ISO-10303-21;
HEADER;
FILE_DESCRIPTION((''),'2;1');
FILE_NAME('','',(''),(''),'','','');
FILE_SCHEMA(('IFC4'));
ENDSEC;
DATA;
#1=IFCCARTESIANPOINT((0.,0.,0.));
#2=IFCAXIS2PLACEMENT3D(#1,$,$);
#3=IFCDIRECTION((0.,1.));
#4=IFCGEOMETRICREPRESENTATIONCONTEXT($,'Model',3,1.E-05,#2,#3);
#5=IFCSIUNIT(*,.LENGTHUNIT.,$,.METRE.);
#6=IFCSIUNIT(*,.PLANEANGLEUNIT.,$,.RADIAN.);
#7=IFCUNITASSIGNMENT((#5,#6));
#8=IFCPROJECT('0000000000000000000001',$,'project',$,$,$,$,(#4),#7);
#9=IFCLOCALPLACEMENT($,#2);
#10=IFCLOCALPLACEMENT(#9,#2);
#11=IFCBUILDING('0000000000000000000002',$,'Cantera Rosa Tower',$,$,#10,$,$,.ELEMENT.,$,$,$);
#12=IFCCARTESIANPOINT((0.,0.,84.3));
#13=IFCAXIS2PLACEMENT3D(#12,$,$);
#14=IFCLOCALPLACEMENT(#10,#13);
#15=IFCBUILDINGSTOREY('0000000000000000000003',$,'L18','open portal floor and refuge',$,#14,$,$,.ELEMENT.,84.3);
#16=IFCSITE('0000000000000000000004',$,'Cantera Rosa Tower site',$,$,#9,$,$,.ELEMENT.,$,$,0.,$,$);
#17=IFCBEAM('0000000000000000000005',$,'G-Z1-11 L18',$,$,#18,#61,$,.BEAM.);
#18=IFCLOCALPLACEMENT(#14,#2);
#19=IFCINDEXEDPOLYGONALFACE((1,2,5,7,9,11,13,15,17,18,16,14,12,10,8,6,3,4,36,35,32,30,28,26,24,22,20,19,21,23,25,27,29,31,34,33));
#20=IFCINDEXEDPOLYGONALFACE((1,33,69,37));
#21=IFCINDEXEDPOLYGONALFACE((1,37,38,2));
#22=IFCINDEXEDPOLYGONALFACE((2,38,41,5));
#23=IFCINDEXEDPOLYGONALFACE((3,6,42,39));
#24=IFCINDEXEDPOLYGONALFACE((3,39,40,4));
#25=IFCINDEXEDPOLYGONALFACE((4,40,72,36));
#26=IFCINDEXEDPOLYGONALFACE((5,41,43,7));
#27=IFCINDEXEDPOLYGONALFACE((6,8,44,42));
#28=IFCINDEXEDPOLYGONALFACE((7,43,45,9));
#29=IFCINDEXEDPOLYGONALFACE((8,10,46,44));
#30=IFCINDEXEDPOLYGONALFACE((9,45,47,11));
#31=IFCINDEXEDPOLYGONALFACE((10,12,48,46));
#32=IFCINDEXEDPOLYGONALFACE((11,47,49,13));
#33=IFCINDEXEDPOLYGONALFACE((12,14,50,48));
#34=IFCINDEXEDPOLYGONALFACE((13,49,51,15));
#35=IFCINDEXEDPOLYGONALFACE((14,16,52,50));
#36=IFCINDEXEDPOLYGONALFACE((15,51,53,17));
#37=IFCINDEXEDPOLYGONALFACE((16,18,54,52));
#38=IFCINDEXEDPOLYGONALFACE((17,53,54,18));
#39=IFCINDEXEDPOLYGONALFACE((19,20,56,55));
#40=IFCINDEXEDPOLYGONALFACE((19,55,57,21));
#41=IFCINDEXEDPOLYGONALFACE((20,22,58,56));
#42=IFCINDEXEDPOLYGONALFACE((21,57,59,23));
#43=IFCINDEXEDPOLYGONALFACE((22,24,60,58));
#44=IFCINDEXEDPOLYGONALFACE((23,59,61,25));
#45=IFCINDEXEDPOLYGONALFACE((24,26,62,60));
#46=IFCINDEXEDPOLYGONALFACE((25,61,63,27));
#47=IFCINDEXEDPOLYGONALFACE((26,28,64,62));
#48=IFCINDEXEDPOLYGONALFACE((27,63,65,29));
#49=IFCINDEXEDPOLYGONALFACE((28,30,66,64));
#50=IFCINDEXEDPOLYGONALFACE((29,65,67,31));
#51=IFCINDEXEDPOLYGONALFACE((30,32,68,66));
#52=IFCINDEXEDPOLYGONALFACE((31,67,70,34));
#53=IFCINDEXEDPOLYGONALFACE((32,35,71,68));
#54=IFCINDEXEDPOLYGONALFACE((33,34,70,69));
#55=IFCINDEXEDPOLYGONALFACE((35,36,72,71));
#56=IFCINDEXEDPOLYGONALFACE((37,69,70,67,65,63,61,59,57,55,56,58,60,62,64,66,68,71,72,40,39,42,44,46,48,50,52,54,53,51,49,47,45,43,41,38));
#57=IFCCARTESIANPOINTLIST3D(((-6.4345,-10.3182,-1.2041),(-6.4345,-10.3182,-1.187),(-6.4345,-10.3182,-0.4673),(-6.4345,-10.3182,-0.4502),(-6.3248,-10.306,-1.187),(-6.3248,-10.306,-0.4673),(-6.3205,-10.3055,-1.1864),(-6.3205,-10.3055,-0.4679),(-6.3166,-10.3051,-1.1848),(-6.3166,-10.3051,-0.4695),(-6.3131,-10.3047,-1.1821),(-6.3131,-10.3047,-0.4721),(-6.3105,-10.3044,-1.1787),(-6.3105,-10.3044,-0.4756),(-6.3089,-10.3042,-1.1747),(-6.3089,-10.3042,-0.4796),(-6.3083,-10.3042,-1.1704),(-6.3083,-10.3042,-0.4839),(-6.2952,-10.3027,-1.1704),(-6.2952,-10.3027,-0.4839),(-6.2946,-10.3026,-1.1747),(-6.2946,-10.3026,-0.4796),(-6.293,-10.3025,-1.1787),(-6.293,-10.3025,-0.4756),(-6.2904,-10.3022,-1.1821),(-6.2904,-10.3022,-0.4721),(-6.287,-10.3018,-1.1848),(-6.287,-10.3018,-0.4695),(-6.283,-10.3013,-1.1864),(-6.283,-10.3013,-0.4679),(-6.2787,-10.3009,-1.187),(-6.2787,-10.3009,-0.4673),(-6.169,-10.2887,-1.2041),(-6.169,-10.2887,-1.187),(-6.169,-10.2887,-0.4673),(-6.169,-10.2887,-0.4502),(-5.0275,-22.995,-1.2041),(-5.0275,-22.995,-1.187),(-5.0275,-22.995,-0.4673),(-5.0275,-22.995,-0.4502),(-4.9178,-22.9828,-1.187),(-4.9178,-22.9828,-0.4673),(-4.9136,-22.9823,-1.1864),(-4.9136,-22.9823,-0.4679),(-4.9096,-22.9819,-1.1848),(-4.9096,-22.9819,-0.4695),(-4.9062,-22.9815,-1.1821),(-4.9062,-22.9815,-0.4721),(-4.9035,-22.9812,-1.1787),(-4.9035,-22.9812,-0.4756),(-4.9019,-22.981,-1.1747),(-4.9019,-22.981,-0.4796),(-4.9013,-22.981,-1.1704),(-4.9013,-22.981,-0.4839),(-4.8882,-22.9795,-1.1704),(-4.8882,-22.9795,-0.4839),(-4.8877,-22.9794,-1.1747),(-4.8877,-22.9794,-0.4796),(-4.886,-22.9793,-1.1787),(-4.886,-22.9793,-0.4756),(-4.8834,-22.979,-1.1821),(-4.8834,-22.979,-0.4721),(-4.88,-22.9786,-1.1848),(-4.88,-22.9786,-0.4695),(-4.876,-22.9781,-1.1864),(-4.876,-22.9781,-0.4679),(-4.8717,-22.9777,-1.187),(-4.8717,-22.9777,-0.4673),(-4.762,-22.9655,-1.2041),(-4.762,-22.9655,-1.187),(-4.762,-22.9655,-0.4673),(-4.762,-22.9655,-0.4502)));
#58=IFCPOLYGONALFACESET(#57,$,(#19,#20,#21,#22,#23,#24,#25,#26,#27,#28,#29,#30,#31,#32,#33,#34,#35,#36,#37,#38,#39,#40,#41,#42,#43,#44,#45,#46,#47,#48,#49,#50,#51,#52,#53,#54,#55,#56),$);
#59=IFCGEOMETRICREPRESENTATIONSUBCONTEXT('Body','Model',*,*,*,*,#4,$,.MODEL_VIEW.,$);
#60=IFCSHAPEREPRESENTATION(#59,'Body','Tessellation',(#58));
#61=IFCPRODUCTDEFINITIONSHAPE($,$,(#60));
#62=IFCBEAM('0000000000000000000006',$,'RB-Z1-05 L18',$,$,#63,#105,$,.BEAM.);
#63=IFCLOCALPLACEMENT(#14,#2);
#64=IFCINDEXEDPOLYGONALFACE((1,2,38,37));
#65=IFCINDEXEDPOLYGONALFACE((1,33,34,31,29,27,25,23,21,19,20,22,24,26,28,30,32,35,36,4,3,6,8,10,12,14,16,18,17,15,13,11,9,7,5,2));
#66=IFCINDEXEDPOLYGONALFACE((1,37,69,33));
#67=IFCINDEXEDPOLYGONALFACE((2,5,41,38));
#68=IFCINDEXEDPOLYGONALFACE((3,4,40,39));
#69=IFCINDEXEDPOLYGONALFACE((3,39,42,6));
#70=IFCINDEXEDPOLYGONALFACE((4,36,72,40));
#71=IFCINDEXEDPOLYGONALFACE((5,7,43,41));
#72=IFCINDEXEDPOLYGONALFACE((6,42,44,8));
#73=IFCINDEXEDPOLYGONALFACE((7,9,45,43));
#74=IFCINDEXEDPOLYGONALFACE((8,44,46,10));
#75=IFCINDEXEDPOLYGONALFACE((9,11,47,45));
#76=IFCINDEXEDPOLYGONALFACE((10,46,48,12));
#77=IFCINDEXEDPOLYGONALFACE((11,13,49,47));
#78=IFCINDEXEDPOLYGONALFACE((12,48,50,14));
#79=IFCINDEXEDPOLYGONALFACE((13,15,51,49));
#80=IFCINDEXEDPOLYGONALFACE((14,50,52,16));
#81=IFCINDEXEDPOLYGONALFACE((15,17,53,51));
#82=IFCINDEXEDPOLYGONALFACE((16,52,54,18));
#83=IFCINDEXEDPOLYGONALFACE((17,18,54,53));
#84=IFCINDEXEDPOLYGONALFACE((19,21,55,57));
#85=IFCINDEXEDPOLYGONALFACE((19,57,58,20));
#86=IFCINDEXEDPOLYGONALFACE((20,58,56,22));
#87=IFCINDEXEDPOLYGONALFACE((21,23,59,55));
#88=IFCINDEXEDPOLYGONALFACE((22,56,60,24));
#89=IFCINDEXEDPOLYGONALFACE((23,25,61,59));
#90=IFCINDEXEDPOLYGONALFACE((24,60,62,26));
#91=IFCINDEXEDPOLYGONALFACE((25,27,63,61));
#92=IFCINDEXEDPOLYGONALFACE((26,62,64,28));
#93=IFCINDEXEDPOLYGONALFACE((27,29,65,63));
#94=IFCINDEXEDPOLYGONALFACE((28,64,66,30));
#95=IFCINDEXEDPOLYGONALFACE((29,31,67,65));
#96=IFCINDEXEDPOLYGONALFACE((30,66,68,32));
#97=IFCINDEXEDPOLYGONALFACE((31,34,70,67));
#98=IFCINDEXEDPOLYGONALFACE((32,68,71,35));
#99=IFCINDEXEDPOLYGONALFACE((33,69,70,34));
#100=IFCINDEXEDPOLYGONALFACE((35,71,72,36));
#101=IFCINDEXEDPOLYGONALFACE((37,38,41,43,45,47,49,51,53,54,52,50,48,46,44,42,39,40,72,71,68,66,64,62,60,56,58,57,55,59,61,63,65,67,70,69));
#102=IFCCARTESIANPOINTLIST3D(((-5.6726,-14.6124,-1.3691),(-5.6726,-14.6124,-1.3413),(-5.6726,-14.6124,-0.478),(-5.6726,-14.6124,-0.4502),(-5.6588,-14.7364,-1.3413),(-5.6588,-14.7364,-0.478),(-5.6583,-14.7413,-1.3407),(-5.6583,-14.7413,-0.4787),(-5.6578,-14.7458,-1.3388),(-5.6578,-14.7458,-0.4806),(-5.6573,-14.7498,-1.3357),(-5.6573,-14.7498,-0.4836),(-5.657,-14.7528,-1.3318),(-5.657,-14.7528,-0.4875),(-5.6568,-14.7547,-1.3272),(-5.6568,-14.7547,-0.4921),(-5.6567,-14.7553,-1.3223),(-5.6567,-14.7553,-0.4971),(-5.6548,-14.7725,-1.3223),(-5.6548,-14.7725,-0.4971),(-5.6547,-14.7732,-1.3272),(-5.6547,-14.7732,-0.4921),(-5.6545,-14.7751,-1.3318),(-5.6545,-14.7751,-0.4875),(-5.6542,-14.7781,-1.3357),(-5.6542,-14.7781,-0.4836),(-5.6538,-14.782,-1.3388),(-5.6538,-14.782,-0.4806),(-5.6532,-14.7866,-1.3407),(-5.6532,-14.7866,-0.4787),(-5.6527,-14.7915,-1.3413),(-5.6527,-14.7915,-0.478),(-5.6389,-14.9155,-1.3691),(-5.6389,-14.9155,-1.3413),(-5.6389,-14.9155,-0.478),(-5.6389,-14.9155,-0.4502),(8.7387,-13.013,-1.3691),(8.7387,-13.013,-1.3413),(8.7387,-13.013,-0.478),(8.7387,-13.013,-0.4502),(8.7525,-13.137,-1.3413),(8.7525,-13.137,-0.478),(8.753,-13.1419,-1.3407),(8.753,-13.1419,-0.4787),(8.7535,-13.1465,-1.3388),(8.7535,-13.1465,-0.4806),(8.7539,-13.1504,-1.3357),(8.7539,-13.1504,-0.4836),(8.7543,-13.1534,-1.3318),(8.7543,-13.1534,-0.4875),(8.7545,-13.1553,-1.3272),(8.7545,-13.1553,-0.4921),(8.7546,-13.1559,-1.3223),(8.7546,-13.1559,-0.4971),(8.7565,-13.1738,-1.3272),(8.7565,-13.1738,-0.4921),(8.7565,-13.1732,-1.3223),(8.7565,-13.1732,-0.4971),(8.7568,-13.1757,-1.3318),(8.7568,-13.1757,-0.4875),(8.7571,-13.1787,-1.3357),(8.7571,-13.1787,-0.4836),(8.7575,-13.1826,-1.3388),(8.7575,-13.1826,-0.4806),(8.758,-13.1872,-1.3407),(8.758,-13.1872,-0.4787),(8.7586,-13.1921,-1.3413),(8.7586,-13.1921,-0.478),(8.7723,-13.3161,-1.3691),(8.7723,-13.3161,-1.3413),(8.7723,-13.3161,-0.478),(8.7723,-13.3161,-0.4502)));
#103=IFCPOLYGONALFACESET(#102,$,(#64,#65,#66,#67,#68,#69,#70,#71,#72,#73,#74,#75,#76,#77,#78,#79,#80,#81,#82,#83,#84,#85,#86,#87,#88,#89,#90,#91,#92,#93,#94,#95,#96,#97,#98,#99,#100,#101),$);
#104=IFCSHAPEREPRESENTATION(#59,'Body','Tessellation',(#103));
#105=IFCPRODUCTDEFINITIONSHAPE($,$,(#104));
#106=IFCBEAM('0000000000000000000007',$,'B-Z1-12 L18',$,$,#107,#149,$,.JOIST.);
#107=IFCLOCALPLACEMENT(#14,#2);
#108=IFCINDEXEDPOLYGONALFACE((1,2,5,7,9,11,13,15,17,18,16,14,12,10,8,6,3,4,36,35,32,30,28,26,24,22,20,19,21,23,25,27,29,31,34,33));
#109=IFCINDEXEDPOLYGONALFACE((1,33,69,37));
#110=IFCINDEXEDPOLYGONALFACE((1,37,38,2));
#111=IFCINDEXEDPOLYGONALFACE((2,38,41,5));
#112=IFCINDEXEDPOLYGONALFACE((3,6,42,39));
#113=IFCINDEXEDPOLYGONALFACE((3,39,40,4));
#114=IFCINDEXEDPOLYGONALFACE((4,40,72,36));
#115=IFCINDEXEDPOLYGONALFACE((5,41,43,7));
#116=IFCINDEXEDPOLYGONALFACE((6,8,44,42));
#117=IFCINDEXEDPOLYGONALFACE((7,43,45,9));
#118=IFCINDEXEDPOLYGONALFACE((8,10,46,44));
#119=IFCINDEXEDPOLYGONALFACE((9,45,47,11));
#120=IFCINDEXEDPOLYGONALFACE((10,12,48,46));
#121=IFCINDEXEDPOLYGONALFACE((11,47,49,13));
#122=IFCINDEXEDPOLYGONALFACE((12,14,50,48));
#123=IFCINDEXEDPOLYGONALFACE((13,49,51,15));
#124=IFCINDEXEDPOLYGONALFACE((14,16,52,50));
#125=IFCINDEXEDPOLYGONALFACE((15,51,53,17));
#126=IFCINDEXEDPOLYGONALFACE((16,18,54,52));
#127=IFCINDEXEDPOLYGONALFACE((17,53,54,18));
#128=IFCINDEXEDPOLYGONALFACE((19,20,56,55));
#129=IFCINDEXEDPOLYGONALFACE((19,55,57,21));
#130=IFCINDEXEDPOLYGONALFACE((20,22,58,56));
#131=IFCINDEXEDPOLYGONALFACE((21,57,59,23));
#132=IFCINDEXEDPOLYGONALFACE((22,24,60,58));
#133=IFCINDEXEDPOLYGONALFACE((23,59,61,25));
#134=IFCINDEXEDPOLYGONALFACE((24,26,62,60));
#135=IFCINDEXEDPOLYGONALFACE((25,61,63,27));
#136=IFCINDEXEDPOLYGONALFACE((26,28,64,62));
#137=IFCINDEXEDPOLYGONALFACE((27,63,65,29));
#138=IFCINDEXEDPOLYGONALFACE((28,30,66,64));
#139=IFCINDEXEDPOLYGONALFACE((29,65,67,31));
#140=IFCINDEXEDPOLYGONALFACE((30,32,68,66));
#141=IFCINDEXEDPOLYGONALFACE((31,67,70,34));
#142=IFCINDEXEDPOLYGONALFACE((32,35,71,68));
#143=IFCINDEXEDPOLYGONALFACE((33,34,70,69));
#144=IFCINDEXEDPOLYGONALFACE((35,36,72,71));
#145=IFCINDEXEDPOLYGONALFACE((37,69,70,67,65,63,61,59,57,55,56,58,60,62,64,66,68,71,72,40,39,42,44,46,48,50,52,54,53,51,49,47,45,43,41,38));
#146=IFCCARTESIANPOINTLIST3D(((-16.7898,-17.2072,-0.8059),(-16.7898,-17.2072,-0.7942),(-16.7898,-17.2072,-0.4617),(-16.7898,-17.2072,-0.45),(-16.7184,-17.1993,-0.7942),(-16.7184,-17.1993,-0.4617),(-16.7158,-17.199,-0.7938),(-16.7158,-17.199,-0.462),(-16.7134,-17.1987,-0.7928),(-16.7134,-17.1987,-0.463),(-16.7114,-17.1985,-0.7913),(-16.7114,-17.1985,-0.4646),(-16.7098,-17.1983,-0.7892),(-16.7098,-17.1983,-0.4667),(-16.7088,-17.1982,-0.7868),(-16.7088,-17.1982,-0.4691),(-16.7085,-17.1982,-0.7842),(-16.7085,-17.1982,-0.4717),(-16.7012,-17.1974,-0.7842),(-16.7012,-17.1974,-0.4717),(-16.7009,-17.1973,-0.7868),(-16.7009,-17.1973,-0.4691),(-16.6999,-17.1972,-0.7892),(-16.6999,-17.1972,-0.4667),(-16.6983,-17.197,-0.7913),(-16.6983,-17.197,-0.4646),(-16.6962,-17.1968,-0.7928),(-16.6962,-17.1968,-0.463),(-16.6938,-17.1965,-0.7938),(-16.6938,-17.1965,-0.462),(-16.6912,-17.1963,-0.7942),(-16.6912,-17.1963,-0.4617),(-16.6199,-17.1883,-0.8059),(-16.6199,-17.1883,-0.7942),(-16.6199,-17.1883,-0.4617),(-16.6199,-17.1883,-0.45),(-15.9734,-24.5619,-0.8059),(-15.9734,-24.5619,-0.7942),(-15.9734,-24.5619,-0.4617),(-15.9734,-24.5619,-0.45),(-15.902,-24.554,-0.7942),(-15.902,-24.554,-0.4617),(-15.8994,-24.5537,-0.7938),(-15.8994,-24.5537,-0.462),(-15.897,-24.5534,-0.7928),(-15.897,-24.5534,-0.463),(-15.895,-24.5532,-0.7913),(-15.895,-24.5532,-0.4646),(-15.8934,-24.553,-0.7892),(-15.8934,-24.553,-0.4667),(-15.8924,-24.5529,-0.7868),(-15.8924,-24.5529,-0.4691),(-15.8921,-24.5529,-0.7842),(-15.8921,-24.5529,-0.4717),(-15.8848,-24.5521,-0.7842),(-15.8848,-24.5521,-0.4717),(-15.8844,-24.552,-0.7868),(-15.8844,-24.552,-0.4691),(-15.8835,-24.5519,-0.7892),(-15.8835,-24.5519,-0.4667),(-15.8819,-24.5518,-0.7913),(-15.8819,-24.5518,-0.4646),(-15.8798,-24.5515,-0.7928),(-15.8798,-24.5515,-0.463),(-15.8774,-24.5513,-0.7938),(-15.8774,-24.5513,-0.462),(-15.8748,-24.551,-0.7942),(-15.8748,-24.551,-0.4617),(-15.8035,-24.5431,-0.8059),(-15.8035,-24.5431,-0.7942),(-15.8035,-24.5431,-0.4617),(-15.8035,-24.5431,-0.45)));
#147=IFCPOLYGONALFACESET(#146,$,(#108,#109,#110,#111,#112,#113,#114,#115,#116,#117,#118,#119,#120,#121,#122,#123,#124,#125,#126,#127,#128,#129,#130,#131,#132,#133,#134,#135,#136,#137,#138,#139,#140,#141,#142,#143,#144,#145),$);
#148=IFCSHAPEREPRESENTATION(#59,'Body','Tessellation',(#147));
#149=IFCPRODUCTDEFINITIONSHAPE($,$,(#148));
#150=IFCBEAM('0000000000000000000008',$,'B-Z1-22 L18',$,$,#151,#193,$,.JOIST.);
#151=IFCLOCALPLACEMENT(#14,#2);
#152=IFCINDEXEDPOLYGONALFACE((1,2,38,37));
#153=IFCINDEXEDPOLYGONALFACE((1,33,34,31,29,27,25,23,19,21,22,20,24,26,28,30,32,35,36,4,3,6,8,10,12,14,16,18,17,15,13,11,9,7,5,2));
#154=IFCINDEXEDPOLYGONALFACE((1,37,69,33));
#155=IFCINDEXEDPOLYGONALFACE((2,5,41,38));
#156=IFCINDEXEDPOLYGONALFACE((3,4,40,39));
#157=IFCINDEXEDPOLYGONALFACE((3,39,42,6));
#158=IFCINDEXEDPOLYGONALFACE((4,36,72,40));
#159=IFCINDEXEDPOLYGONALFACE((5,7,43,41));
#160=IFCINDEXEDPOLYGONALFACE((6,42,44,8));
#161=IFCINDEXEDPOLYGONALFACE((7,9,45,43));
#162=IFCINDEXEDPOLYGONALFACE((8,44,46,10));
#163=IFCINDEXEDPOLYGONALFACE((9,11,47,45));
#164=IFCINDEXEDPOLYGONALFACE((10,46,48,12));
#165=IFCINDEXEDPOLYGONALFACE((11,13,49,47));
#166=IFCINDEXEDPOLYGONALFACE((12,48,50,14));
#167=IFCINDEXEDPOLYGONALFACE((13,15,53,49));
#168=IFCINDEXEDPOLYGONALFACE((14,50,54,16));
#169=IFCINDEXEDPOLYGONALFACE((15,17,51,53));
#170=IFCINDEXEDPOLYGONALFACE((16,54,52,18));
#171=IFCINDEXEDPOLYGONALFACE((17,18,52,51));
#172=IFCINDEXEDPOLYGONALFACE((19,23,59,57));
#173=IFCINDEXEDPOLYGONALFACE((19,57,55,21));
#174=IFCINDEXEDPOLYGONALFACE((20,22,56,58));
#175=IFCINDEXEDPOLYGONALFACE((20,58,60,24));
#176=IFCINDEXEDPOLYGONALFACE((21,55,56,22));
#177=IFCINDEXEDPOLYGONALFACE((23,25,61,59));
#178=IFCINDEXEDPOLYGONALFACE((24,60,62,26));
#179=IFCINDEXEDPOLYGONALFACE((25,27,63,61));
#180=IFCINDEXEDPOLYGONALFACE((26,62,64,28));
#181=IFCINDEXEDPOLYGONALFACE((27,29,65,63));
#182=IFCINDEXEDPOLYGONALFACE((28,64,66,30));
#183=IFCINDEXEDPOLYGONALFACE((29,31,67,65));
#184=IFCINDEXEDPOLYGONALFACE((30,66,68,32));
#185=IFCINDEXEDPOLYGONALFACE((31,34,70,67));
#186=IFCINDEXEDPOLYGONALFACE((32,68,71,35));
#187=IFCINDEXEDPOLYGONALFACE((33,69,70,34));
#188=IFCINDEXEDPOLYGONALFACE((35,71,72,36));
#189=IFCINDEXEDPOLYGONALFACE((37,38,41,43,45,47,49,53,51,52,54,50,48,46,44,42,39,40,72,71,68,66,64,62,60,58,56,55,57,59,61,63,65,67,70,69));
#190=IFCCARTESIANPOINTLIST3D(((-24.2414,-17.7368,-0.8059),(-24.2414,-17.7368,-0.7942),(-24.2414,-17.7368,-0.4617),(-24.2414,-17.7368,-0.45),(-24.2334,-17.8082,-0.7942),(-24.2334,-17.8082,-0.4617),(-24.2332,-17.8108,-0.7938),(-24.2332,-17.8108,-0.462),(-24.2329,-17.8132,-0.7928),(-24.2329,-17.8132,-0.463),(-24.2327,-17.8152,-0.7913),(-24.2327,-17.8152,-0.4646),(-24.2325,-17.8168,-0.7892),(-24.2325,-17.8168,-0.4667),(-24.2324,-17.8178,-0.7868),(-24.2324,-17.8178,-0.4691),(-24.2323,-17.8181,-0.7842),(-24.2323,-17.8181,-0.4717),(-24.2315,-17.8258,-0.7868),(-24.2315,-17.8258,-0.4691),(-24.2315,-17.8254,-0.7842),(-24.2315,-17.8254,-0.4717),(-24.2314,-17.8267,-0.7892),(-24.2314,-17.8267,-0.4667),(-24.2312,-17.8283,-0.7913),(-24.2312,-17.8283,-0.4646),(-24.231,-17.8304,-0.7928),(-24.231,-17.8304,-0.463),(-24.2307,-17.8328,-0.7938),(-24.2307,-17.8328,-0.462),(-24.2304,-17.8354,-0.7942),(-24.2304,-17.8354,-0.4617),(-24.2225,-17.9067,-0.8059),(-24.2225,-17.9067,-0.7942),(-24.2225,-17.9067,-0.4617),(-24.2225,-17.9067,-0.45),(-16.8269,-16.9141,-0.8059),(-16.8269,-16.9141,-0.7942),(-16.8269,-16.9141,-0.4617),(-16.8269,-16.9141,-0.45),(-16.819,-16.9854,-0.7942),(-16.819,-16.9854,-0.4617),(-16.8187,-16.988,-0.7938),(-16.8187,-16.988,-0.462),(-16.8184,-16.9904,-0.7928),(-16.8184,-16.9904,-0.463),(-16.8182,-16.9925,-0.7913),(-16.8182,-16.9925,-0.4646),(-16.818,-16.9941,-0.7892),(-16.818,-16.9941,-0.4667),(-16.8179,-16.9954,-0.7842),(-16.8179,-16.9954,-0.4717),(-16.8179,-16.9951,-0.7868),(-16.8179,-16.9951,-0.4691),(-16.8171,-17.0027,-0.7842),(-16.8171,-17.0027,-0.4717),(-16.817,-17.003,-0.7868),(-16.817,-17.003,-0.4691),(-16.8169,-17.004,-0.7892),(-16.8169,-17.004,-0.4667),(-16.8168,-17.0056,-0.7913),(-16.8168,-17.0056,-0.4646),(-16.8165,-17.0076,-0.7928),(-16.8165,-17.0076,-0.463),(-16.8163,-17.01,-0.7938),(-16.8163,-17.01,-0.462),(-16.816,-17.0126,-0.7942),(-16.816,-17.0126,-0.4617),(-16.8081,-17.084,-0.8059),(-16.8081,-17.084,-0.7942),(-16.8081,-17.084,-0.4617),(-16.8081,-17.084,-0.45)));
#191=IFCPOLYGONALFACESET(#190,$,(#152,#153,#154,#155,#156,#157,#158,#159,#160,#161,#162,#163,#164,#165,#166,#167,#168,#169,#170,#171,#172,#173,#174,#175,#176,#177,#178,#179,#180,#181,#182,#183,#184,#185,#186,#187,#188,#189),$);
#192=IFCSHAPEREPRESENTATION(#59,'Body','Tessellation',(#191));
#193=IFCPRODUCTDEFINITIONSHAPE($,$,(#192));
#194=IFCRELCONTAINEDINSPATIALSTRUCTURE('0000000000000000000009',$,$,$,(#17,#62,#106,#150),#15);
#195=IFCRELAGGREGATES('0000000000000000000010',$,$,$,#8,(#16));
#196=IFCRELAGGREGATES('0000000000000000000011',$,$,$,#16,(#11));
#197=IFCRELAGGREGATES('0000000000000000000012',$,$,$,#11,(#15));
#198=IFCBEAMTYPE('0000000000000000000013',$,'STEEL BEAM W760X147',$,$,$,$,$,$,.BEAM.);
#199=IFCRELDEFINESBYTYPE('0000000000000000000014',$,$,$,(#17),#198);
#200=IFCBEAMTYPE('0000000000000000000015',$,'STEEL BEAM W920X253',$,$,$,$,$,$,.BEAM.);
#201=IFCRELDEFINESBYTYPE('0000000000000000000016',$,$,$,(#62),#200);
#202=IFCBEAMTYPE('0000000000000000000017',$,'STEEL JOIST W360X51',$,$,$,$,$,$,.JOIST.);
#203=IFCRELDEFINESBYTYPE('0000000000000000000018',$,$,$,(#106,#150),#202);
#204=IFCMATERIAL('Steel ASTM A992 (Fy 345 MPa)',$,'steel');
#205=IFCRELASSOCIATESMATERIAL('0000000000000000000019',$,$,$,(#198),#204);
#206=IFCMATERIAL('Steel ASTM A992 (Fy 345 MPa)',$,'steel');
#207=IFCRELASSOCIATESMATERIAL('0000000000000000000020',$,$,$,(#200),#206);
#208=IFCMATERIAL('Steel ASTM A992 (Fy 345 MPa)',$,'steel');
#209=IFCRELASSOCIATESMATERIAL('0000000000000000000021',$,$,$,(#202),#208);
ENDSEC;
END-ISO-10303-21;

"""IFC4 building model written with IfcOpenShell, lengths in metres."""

from ifc_helpers import new_model, si_unit, direction, frame, origin, origin_2d, place, context, subcontext, project, spatial, i_section, extrude, material, material_profile, profile_set, type_object, element, save


model = new_model("IFC4")

# Units and contexts
model_context = context("Model", 3, precision=1e-05, world=origin(), true_north=direction((0.0, 1.0)))
body_context = subcontext(model_context, "Body", "Model", "MODEL_VIEW")
ifc_project = project(units=[si_unit("LENGTHUNIT", "METRE"), si_unit("PLANEANGLEUNIT", "RADIAN")], contexts=[model_context])

# Site, building, storey
site_placement = place(None, origin())
site = spatial("IfcSite", under=ifc_project, at=site_placement, Name="Cantera Rosa Tower site", CompositionType="ELEMENT", RefElevation=0.0)
building_placement = place(site_placement, origin())
building = spatial("IfcBuilding", under=site, at=building_placement, Name="Cantera Rosa Tower", CompositionType="ELEMENT")
storey_placement = place(building_placement, frame((0.0, 0.0, 84.3)))
storey = spatial("IfcBuildingStorey", under=building, at=storey_placement, Name="L18", Description="open portal floor and refuge", CompositionType="ELEMENT", Elevation=84.3)

# Beams
ifc_material_1 = material(Name="Steel ASTM A992 (Fy 345 MPa)", Category="steel")
ifc_material_profile_1 = material_profile(ifc_material_1, i_section(OverallWidth=0.2671, OverallDepth=0.7539, WebThickness=0.0132, FlangeThickness=0.0171, FilletRadius=0.0166, at=origin_2d()), Name="W760X147")
ifc_profile_set_1 = profile_set([ifc_material_profile_1], Name="Steel ASTM A992 (Fy 345 MPa)")
beam_type_1 = type_object("IfcBeamType", Name="STEEL BEAM W760X147", PredefinedType="BEAM", material=ifc_profile_set_1)
beam_1_placement = place(storey_placement, frame((-4.8948, -22.9802, -0.8271), z_axis=(-0.110312, 0.993897, 0.0), x_axis=(-0.993897, -0.110312, 0.0)))
element("IfcBeam", 1, at=beam_1_placement, inside=storey, type_object=beam_type_1, Name="G-Z1-11 L18", PredefinedType="BEAM", context=body_context, shape_type="SweptSolid", body=[
    extrude(i_section(OverallWidth=0.2671, OverallDepth=0.7539, WebThickness=0.0132, FlangeThickness=0.0171, FilletRadius=0.0166, at=origin_2d()), origin(), (0.0, 0.0, 1.0), 12.7546),
])
ifc_material_2 = material(Name="Steel ASTM A992 (Fy 345 MPa)", Category="steel")
ifc_material_profile_2 = material_profile(ifc_material_2, i_section(OverallWidth=0.3049, OverallDepth=0.9189, WebThickness=0.0173, FlangeThickness=0.0278, FilletRadius=0.019, at=origin_2d()), Name="W920X253")
ifc_profile_set_2 = profile_set([ifc_material_profile_2], Name="Steel ASTM A992 (Fy 345 MPa)")
beam_type_2 = type_object("IfcBeamType", Name="STEEL BEAM W920X253", PredefinedType="BEAM", material=ifc_profile_set_2)
beam_2_placement = place(storey_placement, frame((-5.6558, -14.7639, -0.9097), z_axis=(0.993898, 0.110302, 0.0), x_axis=(-0.110302, 0.993898, 0.0)))
element("IfcBeam", 2, at=beam_2_placement, inside=storey, type_object=beam_type_2, Name="RB-Z1-05 L18", PredefinedType="BEAM", context=body_context, shape_type="SweptSolid", body=[
    extrude(i_section(OverallWidth=0.3049, OverallDepth=0.9189, WebThickness=0.0173, FlangeThickness=0.0278, FilletRadius=0.019, at=origin_2d()), origin(), (0.0, 0.0, 1.0), 14.4998),
])
ifc_material_3 = material(Name="Steel ASTM A992 (Fy 345 MPa)", Category="steel")
ifc_material_profile_3 = material_profile(ifc_material_3, i_section(OverallWidth=0.1709, OverallDepth=0.356, WebThickness=0.0073, FlangeThickness=0.0117, FilletRadius=0.01, at=origin_2d()), Name="W360X51")
ifc_profile_set_3 = profile_set([ifc_material_profile_3], Name="Steel ASTM A992 (Fy 345 MPa)")
beam_type_3 = type_object("IfcBeamType", Name="STEEL JOIST W360X51", PredefinedType="JOIST", material=ifc_profile_set_3)
beam_3_placement = place(storey_placement, frame((-15.8884, -24.5525, -0.6279), z_axis=(-0.110327, 0.993895, 0.0), x_axis=(-0.993895, -0.110327, 0.0)))
element("IfcBeam", 3, at=beam_3_placement, inside=storey, type_object=beam_type_3, Name="B-Z1-12 L18", PredefinedType="JOIST", context=body_context, shape_type="SweptSolid", body=[
    extrude(i_section(OverallWidth=0.1709, OverallDepth=0.356, WebThickness=0.0073, FlangeThickness=0.0117, FilletRadius=0.01, at=origin_2d()), origin(), (0.0, 0.0, 1.0), 7.3999),
])
beam_4_placement = place(storey_placement, frame((-24.2319, -17.8218, -0.6279), z_axis=(0.9939, 0.110288, 0.0), x_axis=(-0.110288, 0.9939, 0.0)))
element("IfcBeam", 4, at=beam_4_placement, inside=storey, type_object=beam_type_3, Name="B-Z1-22 L18", PredefinedType="JOIST", context=body_context, shape_type="SweptSolid", body=[
    extrude(i_section(OverallWidth=0.1709, OverallDepth=0.356, WebThickness=0.0073, FlangeThickness=0.0117, FilletRadius=0.01, at=origin_2d()), origin(), (0.0, 0.0, 1.0), 7.46),
])

save(model, "model.ifc")
